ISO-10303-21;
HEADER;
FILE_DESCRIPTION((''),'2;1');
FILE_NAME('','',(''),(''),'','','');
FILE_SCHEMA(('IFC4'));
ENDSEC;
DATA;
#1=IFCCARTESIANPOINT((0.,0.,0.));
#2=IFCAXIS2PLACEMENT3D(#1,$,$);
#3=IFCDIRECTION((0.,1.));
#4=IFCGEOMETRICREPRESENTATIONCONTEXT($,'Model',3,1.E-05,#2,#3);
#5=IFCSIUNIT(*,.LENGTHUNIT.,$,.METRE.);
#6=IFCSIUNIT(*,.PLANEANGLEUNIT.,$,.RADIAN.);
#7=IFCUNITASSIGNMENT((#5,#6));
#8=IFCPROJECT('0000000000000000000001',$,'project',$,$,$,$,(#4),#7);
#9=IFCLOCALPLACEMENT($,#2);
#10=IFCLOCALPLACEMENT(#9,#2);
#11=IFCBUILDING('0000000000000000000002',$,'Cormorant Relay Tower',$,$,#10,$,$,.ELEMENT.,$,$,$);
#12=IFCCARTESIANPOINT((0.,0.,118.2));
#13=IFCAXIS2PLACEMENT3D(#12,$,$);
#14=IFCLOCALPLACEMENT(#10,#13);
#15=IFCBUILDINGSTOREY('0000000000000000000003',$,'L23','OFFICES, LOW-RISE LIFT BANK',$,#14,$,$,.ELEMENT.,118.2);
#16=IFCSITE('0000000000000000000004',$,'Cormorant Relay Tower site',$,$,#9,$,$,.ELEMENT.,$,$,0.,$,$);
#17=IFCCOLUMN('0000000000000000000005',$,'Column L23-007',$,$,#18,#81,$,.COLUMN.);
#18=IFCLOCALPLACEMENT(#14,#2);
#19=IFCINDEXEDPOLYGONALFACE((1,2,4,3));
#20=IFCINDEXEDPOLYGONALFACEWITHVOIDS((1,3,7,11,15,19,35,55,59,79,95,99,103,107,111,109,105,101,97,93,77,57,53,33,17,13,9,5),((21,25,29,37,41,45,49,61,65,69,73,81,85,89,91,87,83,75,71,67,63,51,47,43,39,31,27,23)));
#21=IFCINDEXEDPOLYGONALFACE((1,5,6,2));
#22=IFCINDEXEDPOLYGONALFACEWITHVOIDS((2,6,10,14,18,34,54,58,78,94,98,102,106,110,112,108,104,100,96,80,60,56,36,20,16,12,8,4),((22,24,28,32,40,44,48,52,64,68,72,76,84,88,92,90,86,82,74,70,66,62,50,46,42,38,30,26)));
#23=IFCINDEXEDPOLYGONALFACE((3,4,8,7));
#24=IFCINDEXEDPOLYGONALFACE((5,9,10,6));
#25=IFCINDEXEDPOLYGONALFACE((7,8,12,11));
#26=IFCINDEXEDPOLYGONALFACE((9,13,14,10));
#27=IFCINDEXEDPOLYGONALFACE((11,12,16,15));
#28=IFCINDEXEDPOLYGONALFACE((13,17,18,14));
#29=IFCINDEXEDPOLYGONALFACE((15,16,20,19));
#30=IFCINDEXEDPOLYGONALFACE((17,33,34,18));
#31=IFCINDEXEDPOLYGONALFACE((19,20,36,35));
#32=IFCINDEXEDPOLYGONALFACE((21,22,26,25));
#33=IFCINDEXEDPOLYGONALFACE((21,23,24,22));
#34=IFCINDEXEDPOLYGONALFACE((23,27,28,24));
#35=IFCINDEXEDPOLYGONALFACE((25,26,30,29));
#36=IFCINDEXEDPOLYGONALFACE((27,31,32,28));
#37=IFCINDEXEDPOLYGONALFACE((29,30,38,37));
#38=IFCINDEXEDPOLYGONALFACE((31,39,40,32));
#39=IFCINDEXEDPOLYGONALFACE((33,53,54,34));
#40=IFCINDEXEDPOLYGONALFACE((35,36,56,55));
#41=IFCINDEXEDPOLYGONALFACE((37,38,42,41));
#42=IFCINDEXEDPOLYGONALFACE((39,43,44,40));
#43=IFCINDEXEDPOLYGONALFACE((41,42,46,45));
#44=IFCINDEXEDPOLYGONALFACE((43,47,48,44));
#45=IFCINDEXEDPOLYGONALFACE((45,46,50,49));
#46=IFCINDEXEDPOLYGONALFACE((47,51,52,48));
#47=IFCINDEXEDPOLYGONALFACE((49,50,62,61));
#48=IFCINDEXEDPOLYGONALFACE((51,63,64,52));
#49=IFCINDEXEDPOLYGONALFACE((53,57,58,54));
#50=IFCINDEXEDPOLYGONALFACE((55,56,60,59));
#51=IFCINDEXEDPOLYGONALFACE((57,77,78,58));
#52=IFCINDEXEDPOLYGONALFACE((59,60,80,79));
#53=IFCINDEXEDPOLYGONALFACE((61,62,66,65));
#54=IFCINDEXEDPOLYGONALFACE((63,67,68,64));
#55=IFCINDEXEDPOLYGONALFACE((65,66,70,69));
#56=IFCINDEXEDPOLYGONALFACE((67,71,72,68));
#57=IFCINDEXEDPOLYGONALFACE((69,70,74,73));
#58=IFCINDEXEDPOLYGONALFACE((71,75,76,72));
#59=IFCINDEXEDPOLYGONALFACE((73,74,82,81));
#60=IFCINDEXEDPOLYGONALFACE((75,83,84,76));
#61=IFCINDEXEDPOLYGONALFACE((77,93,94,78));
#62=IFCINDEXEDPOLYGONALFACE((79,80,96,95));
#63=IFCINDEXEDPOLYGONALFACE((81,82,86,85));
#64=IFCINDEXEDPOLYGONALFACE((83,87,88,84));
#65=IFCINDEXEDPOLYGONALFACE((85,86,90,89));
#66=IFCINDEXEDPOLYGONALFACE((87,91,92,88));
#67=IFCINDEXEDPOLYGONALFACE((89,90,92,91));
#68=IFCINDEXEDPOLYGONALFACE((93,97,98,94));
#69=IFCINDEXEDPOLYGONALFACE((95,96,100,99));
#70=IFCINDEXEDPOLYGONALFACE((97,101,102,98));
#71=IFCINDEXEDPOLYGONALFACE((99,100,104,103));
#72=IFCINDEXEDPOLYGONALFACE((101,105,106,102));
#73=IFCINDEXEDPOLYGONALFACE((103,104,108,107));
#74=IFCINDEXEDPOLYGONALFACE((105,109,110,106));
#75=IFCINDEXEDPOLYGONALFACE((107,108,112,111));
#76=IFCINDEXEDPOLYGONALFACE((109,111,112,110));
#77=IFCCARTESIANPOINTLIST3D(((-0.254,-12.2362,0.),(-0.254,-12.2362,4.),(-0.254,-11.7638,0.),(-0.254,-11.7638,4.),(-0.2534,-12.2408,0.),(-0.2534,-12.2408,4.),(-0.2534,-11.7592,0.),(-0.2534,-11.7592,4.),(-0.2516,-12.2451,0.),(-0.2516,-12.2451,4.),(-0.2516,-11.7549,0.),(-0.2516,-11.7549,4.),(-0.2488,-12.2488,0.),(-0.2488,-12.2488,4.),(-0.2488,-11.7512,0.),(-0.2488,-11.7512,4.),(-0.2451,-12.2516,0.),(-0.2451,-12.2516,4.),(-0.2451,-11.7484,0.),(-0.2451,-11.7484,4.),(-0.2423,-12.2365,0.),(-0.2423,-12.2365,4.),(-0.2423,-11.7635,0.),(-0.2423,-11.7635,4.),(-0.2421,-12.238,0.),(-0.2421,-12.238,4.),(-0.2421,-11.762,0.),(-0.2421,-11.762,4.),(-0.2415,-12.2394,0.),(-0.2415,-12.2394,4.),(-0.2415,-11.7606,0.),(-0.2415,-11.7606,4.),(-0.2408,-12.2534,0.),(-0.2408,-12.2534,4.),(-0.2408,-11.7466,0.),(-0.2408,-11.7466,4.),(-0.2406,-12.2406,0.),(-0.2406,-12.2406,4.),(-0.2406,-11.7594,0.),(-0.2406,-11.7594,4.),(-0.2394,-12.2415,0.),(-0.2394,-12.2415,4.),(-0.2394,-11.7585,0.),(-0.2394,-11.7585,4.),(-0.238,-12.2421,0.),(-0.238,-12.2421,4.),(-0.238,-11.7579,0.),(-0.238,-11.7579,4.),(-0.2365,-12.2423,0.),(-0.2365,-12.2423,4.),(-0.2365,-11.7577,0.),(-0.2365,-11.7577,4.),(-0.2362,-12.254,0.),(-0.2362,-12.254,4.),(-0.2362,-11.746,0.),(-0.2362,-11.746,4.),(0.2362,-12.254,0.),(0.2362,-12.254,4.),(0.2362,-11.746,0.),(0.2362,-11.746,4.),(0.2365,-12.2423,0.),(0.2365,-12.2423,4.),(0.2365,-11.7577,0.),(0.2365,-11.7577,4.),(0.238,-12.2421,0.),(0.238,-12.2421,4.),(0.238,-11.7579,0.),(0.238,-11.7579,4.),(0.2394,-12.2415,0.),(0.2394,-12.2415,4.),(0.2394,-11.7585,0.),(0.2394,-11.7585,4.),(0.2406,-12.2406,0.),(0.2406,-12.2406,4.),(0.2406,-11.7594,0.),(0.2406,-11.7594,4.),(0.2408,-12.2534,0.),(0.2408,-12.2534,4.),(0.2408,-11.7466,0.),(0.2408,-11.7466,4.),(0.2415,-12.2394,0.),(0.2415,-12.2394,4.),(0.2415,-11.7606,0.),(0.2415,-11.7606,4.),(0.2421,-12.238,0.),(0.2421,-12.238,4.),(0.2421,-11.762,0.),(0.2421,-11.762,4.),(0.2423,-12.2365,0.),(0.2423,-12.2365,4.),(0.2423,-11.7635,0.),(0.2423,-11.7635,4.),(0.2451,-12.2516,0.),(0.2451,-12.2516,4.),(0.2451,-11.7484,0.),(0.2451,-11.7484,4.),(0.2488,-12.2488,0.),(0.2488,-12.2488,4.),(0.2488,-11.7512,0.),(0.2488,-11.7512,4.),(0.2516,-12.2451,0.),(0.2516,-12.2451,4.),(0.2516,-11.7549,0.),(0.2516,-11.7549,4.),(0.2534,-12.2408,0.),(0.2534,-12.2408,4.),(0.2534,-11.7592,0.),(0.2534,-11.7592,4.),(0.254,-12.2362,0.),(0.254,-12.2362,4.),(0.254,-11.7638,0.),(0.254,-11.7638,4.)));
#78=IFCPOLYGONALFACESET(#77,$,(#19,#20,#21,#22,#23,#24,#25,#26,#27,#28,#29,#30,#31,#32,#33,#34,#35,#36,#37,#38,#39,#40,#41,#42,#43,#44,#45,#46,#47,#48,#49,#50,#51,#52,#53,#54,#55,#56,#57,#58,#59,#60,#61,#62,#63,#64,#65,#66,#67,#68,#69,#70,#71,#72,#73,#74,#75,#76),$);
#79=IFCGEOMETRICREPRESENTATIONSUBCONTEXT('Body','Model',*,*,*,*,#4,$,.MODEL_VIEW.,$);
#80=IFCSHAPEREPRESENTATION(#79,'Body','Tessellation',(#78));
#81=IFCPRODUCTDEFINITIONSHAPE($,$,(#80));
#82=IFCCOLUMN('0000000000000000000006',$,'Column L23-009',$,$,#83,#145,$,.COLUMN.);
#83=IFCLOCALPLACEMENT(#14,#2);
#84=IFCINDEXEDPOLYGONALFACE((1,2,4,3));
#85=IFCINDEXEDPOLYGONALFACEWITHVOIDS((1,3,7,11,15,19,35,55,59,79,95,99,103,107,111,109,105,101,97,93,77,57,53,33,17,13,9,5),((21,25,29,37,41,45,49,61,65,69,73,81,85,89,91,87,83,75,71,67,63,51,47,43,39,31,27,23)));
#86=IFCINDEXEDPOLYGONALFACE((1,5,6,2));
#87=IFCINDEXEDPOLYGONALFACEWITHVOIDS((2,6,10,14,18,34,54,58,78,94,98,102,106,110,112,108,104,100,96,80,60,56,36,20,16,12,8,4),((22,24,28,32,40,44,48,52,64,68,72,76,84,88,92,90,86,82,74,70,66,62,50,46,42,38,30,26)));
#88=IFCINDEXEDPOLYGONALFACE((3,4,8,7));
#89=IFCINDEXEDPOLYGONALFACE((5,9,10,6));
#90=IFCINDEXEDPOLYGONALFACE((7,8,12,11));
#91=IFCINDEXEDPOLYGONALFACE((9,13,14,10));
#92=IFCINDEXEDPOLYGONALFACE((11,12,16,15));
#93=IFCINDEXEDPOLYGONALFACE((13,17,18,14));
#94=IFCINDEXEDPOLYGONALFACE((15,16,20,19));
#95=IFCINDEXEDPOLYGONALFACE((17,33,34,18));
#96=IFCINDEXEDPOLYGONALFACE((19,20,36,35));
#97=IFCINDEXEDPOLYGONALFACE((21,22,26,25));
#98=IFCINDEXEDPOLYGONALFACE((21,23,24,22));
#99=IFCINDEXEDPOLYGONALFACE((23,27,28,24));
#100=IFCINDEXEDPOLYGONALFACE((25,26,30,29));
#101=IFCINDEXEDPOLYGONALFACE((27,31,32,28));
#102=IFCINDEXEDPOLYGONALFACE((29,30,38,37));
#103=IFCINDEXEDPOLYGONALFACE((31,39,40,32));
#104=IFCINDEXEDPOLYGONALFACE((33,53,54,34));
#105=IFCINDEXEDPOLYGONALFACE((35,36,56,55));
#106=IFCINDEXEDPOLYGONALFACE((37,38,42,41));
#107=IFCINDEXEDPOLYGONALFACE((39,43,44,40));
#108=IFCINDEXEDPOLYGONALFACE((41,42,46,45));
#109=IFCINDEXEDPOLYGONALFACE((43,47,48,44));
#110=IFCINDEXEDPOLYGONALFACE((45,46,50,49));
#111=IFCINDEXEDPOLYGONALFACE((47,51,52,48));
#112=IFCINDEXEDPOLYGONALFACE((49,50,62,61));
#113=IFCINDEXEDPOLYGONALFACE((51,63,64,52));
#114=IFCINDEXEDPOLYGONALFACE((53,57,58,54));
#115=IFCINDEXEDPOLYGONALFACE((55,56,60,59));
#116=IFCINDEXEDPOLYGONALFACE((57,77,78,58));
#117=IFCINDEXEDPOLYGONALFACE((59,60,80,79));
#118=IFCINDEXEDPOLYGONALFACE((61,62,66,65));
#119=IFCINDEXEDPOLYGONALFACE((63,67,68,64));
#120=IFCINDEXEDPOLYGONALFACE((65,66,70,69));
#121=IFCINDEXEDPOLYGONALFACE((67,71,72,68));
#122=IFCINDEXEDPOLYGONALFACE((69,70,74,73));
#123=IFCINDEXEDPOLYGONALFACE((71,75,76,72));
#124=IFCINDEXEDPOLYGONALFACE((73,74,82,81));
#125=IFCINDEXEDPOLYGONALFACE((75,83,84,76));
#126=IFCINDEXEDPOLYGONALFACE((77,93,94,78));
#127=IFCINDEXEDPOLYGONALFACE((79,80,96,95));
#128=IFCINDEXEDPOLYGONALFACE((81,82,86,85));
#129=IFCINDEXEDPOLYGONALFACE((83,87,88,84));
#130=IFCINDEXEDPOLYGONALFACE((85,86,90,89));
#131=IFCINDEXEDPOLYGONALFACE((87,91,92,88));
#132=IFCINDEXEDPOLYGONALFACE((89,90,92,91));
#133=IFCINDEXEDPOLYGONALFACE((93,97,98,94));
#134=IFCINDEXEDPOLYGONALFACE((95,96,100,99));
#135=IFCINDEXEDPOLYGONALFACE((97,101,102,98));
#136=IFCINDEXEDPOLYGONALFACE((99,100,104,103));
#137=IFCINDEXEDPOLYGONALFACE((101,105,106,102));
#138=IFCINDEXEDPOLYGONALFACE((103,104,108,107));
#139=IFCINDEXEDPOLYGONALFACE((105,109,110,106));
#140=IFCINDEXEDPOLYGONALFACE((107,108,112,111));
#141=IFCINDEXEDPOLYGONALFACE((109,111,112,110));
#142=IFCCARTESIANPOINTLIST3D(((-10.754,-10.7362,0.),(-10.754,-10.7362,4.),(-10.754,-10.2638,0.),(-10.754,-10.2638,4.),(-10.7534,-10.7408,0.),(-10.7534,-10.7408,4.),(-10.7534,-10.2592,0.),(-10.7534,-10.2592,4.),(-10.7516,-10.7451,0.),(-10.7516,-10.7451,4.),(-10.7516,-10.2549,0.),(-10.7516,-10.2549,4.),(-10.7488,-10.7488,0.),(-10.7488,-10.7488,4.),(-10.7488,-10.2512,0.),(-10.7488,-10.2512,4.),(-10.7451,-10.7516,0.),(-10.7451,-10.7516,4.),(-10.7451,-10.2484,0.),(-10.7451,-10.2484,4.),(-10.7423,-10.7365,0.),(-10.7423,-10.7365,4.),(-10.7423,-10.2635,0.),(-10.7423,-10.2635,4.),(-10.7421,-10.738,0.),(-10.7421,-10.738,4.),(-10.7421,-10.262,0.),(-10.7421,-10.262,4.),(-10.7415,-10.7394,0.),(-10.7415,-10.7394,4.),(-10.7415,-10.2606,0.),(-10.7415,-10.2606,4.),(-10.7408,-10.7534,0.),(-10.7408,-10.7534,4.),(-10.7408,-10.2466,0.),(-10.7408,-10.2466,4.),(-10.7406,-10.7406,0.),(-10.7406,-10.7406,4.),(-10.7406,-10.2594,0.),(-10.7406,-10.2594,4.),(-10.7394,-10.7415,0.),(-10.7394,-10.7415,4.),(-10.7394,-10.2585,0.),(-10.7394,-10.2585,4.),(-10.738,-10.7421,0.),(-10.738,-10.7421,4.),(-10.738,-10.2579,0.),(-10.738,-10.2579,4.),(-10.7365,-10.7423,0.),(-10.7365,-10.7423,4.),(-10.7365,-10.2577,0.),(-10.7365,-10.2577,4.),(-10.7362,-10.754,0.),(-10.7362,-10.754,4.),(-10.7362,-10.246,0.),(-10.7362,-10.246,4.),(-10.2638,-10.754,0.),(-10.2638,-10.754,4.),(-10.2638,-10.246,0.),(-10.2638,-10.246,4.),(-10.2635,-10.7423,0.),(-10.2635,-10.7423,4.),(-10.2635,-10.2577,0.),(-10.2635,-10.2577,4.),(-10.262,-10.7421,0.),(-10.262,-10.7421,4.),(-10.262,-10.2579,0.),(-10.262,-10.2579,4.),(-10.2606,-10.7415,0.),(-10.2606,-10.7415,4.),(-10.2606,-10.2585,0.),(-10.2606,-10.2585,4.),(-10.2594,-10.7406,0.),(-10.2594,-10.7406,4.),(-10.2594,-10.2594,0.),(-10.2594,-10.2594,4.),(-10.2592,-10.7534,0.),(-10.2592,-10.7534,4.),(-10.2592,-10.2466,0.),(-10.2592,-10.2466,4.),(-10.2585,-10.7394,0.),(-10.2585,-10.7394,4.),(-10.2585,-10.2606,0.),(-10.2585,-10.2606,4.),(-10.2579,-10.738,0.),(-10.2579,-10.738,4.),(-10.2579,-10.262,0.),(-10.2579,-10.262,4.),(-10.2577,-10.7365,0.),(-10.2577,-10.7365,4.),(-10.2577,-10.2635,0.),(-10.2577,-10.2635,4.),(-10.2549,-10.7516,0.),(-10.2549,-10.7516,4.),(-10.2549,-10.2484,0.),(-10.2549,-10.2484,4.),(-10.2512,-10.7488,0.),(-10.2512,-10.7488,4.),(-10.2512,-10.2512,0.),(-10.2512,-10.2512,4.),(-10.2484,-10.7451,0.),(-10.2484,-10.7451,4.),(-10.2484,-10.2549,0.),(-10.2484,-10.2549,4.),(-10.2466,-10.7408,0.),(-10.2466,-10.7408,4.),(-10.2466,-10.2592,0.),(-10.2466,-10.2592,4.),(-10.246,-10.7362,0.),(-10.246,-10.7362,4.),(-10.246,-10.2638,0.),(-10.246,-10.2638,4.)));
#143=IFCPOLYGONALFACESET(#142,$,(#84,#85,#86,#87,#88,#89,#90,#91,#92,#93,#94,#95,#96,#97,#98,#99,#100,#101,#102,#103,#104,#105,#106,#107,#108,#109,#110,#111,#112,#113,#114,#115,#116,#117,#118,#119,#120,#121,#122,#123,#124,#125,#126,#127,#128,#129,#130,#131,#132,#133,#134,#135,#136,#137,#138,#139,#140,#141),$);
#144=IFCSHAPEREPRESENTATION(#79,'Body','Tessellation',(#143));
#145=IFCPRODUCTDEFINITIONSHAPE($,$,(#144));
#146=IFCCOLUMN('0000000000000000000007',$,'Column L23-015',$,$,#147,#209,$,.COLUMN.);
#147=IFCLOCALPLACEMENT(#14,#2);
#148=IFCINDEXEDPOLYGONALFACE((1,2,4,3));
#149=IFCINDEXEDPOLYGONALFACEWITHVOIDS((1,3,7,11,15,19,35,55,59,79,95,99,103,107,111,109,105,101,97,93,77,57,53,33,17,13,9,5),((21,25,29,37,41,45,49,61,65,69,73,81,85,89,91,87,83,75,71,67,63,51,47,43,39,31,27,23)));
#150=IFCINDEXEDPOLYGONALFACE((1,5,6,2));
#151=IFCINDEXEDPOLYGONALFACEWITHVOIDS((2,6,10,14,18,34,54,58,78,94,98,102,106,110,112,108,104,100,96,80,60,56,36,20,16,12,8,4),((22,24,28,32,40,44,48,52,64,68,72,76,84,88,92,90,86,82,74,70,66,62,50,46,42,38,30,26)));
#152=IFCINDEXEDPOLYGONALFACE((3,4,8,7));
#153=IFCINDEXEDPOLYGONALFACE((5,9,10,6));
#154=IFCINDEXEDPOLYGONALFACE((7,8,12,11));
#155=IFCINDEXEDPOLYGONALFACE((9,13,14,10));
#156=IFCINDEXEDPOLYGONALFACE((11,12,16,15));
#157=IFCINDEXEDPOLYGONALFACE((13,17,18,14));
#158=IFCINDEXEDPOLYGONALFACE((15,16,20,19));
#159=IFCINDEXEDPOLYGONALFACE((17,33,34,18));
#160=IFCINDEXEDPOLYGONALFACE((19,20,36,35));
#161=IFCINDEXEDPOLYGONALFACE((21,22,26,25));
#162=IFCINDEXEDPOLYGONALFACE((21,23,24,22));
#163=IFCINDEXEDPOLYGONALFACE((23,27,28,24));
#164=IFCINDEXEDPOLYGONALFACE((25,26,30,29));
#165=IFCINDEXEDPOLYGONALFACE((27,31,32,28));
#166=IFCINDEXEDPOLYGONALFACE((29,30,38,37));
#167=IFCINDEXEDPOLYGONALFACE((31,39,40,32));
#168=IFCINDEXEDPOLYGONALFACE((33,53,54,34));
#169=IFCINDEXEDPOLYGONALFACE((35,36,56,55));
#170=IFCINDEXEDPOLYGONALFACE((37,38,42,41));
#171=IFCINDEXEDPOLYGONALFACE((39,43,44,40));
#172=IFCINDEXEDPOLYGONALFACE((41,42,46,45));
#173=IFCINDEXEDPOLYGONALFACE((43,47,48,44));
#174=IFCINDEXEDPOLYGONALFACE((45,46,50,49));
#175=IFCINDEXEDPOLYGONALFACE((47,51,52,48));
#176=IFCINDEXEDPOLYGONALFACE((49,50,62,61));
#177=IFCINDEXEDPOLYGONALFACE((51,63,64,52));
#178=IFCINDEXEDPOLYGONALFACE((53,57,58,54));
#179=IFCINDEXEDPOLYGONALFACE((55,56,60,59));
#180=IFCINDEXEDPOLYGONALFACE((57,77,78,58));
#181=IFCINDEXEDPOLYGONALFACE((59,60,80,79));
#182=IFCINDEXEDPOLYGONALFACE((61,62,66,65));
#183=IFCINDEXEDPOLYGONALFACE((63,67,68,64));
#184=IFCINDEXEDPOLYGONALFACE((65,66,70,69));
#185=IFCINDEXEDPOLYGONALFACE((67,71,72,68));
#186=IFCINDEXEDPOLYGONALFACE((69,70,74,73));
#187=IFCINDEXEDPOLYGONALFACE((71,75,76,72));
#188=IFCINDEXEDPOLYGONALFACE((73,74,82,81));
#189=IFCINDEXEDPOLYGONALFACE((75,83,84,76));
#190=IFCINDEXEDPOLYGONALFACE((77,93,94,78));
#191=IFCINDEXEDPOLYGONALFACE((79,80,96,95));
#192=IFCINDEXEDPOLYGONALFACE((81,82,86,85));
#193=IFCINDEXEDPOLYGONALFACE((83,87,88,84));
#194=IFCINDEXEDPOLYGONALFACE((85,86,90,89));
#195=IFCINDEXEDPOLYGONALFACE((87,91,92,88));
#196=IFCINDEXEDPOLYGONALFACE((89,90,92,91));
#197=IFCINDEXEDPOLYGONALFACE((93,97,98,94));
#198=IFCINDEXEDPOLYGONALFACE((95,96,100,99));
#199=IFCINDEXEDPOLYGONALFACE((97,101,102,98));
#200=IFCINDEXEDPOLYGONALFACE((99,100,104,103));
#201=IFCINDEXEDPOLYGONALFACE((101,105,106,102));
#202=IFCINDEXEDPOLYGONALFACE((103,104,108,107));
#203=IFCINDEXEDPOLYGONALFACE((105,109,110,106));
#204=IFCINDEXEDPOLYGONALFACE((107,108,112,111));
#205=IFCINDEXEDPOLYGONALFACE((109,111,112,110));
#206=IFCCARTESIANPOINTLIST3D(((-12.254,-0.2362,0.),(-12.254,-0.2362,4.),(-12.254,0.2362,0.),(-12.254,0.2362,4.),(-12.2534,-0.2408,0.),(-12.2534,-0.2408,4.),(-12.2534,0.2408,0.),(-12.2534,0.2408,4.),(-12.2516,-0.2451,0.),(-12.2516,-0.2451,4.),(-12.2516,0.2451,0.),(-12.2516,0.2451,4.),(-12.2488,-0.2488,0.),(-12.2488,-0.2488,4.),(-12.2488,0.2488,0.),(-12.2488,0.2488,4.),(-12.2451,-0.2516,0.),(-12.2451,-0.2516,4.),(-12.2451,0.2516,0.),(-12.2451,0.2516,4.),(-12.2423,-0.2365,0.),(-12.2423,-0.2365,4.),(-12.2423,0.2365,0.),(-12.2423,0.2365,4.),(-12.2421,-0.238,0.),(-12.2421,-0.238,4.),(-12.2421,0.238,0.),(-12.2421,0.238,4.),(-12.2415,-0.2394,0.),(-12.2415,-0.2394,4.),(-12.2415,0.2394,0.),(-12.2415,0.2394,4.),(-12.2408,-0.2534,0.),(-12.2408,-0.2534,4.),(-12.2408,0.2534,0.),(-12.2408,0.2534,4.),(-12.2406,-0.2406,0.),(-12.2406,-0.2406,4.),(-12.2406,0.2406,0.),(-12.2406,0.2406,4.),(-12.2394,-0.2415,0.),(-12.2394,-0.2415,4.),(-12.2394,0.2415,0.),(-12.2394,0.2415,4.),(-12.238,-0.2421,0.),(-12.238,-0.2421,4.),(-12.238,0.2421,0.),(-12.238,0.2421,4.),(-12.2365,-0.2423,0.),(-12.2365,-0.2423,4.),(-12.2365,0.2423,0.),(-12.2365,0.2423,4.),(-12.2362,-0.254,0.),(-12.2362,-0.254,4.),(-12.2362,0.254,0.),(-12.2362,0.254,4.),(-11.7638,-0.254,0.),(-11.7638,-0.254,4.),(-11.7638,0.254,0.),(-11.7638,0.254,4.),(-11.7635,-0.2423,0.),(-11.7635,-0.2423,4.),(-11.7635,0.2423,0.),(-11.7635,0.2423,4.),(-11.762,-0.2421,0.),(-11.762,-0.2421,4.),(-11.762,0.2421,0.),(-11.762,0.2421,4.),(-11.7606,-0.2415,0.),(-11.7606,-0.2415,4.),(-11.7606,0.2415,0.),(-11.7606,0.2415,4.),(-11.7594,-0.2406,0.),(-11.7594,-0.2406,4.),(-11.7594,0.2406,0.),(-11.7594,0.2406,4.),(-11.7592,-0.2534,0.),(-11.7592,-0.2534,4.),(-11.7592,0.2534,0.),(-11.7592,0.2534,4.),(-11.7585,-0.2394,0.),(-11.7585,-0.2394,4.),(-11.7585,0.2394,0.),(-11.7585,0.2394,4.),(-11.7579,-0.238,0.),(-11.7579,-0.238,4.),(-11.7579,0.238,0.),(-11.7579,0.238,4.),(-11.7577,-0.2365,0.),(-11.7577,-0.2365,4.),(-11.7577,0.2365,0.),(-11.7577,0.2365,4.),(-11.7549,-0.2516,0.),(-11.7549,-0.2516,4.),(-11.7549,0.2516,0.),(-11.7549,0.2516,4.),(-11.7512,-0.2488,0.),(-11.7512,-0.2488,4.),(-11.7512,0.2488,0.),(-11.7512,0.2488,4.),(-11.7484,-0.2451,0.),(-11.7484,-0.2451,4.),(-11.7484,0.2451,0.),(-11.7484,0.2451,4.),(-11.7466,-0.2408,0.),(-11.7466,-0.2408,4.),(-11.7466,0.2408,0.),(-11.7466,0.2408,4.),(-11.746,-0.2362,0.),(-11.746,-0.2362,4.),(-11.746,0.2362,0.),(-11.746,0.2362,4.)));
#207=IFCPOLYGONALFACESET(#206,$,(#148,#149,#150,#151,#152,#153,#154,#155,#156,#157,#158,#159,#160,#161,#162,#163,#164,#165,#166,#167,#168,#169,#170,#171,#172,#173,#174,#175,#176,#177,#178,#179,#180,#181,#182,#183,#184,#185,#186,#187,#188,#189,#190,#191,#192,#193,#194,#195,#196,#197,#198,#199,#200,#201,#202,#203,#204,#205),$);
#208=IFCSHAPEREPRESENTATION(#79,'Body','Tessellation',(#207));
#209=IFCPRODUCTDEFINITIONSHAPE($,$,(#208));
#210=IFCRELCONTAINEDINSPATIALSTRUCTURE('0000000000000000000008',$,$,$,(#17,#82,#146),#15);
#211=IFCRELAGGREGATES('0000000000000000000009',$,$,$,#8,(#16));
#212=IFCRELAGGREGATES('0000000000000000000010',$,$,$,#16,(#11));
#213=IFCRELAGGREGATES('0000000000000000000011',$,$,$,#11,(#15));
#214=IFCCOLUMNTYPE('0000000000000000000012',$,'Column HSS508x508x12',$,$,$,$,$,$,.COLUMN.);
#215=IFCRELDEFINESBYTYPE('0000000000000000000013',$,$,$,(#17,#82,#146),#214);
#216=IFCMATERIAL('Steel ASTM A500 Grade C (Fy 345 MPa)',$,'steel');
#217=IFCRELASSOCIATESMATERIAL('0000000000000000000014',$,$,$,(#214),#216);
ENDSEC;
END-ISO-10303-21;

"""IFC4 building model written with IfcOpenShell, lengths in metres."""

from ifc_helpers import new_model, si_unit, direction, frame, origin, origin_2d, place, context, subcontext, project, spatial, hollow_rectangle, extrude, material, material_profile, profile_set, type_object, element, save


model = new_model("IFC4")

# Units and contexts
model_context = context("Model", 3, precision=1e-05, world=origin(), true_north=direction((0.0, 1.0)))
body_context = subcontext(model_context, "Body", "Model", "MODEL_VIEW")
ifc_project = project(units=[si_unit("LENGTHUNIT", "METRE"), si_unit("PLANEANGLEUNIT", "RADIAN")], contexts=[model_context])

# Site, building, storey
site_placement = place(None, origin())
site = spatial("IfcSite", under=ifc_project, at=site_placement, Name="Cormorant Relay Tower site", CompositionType="ELEMENT", RefElevation=0.0)
building_placement = place(site_placement, origin())
building = spatial("IfcBuilding", under=site, at=building_placement, Name="Cormorant Relay Tower", CompositionType="ELEMENT")
storey_placement = place(building_placement, frame((0.0, 0.0, 118.2)))
storey = spatial("IfcBuildingStorey", under=building, at=storey_placement, Name="L23", Description="OFFICES, LOW-RISE LIFT BANK", CompositionType="ELEMENT", Elevation=118.2)

# Columns
ifc_material_1 = material(Name="Steel ASTM A500 Grade C (Fy 345 MPa)", Category="steel")
ifc_material_profile_1 = material_profile(ifc_material_1, hollow_rectangle(XDim=0.5081, YDim=0.5081, WallThickness=0.0117, InnerFilletRadius=0.0059, OuterFilletRadius=0.0178, at=origin_2d()), Name="HSS508x508x12")
ifc_profile_set_1 = profile_set([ifc_material_profile_1], Name="Steel ASTM A500 Grade C (Fy 345 MPa)")
column_type_1 = type_object("IfcColumnType", Name="Column HSS508x508x12", PredefinedType="COLUMN", material=ifc_profile_set_1)
for number, where, z_axis, x_axis, name in (
    (1, (0.0, -12.0, 0.0), (0.0, 0.0, 1.0), (1.0, 0.0, 0.0), "Column L23-007"),
    (2, (-10.5, -10.5, 0.0), (0.0, 0.0, 1.0), (1.0, 0.0, 0.0), "Column L23-009"),
    (3, (-12.0, 0.0, 0.0), (0.0, 0.0, 1.0), (1.0, 0.0, 0.0), "Column L23-015"),
):
    element("IfcColumn", number, at=place(storey_placement, frame(where, z_axis=z_axis, x_axis=x_axis)), inside=storey, type_object=column_type_1, Name=name, PredefinedType="COLUMN", context=body_context, shape_type="SweptSolid", body=[
        extrude(hollow_rectangle(XDim=0.5081, YDim=0.5081, WallThickness=0.0117, InnerFilletRadius=0.0059, OuterFilletRadius=0.0178, at=origin_2d()), origin(), (0.0, 0.0, 1.0), 4.0),
    ])

save(model, "model.ifc")
